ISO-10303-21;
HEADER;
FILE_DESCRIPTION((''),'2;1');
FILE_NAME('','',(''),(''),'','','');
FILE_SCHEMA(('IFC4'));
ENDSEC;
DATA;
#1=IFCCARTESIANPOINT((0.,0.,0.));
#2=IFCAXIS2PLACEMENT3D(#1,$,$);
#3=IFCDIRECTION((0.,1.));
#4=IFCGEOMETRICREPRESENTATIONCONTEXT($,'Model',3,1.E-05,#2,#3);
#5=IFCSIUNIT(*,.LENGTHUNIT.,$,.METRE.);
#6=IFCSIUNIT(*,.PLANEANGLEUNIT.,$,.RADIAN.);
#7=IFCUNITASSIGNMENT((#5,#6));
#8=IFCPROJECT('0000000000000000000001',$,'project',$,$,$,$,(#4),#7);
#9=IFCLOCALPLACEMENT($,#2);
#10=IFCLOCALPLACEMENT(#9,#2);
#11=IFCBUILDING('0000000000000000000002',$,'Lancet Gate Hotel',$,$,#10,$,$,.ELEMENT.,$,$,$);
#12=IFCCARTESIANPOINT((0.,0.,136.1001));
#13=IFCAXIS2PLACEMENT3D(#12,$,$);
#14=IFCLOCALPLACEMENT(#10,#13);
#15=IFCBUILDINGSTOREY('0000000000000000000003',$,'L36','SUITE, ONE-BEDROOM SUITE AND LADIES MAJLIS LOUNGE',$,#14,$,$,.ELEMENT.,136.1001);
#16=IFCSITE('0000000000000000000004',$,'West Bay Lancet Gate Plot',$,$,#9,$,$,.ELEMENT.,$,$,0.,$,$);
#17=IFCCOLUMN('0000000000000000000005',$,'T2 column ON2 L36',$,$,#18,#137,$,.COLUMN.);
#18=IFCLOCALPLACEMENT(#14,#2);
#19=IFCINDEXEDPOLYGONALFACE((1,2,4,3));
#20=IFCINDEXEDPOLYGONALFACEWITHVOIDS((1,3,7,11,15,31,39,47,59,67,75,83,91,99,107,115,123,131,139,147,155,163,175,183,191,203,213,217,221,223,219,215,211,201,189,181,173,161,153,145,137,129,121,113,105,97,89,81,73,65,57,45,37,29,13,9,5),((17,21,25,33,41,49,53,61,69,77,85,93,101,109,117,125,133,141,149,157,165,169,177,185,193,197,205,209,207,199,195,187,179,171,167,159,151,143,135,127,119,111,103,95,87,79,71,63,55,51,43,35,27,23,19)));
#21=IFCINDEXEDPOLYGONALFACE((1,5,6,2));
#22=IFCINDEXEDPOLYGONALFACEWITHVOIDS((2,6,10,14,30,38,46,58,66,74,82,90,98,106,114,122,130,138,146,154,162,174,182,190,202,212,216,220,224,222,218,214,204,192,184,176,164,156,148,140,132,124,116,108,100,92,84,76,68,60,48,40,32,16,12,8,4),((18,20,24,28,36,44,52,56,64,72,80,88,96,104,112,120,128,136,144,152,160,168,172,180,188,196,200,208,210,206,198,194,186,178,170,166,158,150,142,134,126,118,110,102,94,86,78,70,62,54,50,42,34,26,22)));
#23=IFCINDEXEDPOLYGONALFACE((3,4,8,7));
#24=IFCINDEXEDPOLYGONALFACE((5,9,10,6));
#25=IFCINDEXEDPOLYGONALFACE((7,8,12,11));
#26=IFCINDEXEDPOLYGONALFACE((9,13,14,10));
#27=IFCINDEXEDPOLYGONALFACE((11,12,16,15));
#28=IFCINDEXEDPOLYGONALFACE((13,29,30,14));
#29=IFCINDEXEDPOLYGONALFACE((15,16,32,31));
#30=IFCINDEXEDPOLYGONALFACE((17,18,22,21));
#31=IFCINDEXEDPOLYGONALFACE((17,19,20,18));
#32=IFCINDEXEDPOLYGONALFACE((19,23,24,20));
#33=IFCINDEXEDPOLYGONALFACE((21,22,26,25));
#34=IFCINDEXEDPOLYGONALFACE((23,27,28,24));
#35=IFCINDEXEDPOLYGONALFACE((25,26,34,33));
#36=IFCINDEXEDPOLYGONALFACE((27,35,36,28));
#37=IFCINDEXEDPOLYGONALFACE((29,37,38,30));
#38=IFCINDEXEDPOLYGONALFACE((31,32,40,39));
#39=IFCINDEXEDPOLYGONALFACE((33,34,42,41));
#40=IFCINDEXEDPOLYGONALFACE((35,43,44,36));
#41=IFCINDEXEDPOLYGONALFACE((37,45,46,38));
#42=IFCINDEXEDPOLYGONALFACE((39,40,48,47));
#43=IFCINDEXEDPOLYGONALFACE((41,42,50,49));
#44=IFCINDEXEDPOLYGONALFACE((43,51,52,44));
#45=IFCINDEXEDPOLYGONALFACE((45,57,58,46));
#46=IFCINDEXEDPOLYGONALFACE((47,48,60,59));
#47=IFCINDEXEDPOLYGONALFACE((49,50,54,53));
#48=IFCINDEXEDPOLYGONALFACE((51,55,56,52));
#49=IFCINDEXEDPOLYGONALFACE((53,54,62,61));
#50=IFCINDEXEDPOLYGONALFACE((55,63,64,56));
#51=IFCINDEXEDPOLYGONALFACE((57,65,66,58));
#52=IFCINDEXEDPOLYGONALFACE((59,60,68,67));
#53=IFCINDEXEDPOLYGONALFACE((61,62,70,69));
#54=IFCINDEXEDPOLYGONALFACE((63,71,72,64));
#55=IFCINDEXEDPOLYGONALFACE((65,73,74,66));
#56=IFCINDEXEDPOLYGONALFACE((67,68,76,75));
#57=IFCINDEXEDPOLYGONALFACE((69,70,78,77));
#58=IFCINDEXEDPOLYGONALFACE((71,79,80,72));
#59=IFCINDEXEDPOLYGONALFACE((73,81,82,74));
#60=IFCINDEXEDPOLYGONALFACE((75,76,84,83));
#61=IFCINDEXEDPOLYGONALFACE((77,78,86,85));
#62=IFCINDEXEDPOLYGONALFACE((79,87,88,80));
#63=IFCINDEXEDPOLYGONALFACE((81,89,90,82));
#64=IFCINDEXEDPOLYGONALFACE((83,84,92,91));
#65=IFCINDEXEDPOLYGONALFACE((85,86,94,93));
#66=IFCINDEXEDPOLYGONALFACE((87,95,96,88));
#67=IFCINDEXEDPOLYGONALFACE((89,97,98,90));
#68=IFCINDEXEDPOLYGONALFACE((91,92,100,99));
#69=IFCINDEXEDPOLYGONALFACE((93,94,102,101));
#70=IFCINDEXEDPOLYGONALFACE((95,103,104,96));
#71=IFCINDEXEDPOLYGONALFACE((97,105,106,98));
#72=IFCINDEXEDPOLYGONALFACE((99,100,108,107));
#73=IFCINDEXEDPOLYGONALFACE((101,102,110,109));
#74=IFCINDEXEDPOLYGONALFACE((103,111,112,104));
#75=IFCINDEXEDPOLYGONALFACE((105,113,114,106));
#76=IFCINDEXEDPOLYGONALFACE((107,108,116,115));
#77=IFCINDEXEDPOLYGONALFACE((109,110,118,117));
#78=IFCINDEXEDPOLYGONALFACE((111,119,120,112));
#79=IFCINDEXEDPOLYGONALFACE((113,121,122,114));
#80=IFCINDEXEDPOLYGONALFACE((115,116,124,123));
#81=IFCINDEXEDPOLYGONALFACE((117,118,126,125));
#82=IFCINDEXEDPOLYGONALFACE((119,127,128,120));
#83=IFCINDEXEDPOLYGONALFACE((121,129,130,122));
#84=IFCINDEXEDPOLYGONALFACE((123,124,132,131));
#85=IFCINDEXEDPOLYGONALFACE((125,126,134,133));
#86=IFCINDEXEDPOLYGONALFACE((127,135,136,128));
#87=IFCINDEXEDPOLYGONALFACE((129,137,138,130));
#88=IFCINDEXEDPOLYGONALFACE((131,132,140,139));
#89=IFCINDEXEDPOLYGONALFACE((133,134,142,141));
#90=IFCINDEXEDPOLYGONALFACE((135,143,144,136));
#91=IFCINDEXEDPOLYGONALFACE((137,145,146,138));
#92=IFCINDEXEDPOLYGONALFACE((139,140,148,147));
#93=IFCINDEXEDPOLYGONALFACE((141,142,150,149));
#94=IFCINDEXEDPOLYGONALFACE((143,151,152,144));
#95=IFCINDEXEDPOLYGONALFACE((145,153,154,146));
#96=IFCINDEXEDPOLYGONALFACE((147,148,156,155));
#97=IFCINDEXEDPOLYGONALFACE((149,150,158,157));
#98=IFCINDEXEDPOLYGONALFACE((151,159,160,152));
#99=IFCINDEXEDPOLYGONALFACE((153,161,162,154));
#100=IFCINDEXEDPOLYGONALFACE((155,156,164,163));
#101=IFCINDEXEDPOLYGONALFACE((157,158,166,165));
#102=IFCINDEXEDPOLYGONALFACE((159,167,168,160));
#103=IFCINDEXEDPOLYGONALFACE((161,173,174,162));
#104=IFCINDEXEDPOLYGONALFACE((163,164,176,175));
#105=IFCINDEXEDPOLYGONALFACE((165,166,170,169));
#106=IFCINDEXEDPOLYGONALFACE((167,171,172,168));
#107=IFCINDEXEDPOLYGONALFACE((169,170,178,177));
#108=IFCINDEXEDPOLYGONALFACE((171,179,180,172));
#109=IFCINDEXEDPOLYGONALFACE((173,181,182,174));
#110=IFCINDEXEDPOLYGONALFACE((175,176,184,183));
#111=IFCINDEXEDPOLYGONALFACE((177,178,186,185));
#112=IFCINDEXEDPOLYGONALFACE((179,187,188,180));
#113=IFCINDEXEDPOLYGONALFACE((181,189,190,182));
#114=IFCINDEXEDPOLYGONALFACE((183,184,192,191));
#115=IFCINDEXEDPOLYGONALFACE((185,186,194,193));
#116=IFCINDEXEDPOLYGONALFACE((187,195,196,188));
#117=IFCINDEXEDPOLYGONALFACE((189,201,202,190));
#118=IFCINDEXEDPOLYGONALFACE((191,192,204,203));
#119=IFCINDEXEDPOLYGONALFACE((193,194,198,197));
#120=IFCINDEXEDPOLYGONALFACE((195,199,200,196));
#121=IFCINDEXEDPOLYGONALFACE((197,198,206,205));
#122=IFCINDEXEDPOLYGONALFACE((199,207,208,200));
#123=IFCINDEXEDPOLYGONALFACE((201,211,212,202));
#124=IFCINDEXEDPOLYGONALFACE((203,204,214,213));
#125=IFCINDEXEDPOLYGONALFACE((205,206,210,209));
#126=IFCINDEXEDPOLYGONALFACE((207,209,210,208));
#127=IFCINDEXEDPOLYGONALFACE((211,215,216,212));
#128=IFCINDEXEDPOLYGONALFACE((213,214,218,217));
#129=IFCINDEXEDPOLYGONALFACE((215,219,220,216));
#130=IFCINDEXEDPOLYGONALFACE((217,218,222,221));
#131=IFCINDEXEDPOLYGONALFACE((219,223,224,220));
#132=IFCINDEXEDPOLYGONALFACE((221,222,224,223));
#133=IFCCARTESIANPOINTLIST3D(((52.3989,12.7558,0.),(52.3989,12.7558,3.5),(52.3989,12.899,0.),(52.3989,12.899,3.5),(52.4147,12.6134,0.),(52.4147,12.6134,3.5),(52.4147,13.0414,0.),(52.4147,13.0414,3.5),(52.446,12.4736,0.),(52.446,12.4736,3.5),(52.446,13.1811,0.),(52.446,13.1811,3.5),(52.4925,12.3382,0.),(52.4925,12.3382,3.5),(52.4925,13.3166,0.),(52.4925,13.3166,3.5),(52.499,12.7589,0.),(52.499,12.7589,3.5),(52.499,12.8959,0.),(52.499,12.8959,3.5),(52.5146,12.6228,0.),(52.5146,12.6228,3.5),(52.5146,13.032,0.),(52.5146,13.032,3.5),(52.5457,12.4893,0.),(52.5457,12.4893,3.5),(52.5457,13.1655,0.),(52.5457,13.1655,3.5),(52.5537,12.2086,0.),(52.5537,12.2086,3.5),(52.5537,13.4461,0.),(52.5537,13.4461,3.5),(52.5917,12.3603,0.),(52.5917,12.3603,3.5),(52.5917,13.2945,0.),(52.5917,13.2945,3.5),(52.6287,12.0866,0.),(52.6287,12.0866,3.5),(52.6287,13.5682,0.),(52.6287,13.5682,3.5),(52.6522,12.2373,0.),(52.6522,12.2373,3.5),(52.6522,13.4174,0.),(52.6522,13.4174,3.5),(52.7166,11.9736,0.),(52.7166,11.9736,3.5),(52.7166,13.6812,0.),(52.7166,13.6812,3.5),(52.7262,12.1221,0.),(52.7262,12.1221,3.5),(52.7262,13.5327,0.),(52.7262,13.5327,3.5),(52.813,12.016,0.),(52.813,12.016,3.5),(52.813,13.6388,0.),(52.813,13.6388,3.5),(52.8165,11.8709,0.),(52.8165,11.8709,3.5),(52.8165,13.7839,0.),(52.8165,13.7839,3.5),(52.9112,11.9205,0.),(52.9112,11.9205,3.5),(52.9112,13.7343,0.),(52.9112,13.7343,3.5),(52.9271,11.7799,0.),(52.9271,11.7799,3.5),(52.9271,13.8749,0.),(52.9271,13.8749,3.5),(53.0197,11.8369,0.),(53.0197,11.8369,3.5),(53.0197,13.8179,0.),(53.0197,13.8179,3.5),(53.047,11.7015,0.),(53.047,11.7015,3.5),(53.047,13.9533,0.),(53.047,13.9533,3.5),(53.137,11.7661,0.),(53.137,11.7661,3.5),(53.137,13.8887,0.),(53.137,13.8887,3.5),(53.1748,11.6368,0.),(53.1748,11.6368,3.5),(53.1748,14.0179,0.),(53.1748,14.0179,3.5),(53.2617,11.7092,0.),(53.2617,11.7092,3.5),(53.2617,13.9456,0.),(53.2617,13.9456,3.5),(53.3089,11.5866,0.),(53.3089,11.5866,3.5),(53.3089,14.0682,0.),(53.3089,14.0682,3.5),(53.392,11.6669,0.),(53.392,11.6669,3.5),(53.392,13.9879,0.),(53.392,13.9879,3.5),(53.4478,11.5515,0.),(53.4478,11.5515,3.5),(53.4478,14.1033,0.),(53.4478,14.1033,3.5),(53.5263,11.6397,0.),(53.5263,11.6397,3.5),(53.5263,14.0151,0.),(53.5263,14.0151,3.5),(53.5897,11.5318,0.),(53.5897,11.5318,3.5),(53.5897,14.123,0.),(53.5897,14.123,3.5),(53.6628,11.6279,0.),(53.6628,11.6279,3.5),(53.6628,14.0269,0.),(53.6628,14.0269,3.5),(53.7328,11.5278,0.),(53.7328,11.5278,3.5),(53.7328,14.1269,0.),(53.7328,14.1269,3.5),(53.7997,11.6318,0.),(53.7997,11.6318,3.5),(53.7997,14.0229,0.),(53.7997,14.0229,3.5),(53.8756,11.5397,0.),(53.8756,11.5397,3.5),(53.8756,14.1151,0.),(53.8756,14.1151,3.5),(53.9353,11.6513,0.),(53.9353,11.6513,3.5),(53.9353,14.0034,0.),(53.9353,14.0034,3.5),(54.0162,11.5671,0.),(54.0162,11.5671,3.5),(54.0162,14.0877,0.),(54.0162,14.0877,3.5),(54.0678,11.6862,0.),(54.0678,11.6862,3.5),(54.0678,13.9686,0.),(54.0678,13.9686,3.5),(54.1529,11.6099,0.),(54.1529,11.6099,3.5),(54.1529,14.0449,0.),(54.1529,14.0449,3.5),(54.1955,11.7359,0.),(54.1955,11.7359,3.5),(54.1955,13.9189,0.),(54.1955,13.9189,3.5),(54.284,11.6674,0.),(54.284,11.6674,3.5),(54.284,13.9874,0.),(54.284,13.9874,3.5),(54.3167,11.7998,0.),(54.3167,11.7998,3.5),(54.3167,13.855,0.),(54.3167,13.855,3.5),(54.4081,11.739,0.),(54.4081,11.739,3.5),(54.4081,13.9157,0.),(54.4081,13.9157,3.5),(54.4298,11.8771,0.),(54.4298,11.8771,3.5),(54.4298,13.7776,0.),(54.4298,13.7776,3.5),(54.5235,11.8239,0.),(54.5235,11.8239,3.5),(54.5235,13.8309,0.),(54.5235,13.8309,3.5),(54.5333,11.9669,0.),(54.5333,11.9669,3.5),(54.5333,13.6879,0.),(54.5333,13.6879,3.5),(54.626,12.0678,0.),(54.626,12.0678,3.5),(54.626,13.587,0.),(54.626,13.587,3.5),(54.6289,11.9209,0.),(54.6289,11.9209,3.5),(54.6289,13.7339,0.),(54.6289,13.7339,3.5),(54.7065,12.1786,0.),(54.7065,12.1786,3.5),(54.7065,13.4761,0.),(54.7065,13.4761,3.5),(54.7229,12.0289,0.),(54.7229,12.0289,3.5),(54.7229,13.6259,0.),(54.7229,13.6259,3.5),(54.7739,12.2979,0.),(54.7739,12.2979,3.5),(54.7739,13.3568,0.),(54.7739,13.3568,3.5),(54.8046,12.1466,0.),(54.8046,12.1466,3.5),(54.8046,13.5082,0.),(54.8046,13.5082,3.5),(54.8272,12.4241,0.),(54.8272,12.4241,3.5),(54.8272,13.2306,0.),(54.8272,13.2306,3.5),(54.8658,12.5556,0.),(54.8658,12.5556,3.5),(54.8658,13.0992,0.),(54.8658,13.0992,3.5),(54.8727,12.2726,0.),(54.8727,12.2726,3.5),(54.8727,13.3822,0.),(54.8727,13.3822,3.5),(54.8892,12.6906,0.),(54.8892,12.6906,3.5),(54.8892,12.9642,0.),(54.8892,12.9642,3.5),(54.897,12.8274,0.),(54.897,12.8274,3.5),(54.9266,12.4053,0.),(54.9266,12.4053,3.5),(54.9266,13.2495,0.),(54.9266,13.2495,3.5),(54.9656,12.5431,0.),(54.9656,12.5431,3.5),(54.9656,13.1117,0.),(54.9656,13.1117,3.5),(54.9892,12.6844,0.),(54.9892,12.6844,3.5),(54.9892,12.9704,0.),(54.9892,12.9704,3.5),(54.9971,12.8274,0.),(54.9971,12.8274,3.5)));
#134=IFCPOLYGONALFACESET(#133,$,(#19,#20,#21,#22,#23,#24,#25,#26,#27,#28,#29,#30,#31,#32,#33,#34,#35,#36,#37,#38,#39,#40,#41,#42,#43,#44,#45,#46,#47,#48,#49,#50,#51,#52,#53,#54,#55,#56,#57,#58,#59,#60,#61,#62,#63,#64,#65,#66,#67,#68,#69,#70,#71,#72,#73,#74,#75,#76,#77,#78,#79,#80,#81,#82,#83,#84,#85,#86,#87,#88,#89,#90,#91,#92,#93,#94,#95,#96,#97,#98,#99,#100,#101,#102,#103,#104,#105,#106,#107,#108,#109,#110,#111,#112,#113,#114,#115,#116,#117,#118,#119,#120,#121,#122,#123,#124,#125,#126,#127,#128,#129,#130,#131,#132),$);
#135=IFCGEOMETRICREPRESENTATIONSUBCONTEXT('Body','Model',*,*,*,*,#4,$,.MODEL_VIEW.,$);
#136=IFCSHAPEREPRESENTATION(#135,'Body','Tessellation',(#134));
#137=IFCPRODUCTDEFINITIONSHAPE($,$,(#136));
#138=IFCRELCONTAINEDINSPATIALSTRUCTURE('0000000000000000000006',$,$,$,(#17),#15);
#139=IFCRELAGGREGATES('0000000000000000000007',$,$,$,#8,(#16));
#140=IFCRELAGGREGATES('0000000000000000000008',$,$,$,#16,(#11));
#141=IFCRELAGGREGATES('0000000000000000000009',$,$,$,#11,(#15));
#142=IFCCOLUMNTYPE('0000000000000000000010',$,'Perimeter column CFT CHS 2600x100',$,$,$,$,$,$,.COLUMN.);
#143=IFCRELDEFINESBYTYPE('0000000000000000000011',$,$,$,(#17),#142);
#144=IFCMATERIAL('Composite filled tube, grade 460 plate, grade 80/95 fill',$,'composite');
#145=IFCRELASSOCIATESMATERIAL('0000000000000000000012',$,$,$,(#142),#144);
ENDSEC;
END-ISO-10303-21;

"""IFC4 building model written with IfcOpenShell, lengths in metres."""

from ifc_helpers import new_model, si_unit, direction, frame, origin, origin_2d, place, context, subcontext, project, spatial, hollow_circle, extrude, material, material_profile, profile_set, type_object, element, save


model = new_model("IFC4")

# Units and contexts
model_context = context("Model", 3, precision=1e-05, world=origin(), true_north=direction((0.0, 1.0)))
body_context = subcontext(model_context, "Body", "Model", "MODEL_VIEW")
ifc_project = project(units=[si_unit("LENGTHUNIT", "METRE"), si_unit("PLANEANGLEUNIT", "RADIAN")], contexts=[model_context])

# Site, building, storey
site_placement = place(None, origin())
site = spatial("IfcSite", under=ifc_project, at=site_placement, Name="West Bay Lancet Gate Plot", CompositionType="ELEMENT", RefElevation=0.0)
building_placement = place(site_placement, origin())
building = spatial("IfcBuilding", under=site, at=building_placement, Name="Lancet Gate Hotel", CompositionType="ELEMENT")
storey_placement = place(building_placement, frame((0.0, 0.0, 136.1001)))
storey = spatial("IfcBuildingStorey", under=building, at=storey_placement, Name="L36", Description="SUITE, ONE-BEDROOM SUITE AND LADIES MAJLIS LOUNGE", CompositionType="ELEMENT", Elevation=136.1001)

# Column
ifc_material_1 = material(Name="Composite filled tube, grade 460 plate, grade 80/95 fill", Category="composite")
ifc_material_profile_1 = material_profile(ifc_material_1, hollow_circle(Radius=1.3, WallThickness=0.1001, at=origin_2d()), Name="CHS 2600x100")
ifc_profile_set_1 = profile_set([ifc_material_profile_1], Name="Composite filled tube, grade 460 plate, grade 80/95 fill")
column_type = type_object("IfcColumnType", Name="Perimeter column CFT CHS 2600x100", PredefinedType="COLUMN", material=ifc_profile_set_1)
for number, where, z_axis, x_axis, name in (
    (1, (53.697, 12.8274, 0.0), (0.0, 0.0, 1.0), (1.0, 0.0, 0.0), "T2 column ON2 L36"),
):
    element("IfcColumn", number, at=place(storey_placement, frame(where, z_axis=z_axis, x_axis=x_axis)), inside=storey, type_object=column_type, Name=name, PredefinedType="COLUMN", context=body_context, shape_type="SweptSolid", body=[
        extrude(hollow_circle(Radius=1.3, WallThickness=0.1001, at=origin_2d()), origin(), (0.0, 0.0, 1.0), 3.5),
    ])

save(model, "model.ifc")
